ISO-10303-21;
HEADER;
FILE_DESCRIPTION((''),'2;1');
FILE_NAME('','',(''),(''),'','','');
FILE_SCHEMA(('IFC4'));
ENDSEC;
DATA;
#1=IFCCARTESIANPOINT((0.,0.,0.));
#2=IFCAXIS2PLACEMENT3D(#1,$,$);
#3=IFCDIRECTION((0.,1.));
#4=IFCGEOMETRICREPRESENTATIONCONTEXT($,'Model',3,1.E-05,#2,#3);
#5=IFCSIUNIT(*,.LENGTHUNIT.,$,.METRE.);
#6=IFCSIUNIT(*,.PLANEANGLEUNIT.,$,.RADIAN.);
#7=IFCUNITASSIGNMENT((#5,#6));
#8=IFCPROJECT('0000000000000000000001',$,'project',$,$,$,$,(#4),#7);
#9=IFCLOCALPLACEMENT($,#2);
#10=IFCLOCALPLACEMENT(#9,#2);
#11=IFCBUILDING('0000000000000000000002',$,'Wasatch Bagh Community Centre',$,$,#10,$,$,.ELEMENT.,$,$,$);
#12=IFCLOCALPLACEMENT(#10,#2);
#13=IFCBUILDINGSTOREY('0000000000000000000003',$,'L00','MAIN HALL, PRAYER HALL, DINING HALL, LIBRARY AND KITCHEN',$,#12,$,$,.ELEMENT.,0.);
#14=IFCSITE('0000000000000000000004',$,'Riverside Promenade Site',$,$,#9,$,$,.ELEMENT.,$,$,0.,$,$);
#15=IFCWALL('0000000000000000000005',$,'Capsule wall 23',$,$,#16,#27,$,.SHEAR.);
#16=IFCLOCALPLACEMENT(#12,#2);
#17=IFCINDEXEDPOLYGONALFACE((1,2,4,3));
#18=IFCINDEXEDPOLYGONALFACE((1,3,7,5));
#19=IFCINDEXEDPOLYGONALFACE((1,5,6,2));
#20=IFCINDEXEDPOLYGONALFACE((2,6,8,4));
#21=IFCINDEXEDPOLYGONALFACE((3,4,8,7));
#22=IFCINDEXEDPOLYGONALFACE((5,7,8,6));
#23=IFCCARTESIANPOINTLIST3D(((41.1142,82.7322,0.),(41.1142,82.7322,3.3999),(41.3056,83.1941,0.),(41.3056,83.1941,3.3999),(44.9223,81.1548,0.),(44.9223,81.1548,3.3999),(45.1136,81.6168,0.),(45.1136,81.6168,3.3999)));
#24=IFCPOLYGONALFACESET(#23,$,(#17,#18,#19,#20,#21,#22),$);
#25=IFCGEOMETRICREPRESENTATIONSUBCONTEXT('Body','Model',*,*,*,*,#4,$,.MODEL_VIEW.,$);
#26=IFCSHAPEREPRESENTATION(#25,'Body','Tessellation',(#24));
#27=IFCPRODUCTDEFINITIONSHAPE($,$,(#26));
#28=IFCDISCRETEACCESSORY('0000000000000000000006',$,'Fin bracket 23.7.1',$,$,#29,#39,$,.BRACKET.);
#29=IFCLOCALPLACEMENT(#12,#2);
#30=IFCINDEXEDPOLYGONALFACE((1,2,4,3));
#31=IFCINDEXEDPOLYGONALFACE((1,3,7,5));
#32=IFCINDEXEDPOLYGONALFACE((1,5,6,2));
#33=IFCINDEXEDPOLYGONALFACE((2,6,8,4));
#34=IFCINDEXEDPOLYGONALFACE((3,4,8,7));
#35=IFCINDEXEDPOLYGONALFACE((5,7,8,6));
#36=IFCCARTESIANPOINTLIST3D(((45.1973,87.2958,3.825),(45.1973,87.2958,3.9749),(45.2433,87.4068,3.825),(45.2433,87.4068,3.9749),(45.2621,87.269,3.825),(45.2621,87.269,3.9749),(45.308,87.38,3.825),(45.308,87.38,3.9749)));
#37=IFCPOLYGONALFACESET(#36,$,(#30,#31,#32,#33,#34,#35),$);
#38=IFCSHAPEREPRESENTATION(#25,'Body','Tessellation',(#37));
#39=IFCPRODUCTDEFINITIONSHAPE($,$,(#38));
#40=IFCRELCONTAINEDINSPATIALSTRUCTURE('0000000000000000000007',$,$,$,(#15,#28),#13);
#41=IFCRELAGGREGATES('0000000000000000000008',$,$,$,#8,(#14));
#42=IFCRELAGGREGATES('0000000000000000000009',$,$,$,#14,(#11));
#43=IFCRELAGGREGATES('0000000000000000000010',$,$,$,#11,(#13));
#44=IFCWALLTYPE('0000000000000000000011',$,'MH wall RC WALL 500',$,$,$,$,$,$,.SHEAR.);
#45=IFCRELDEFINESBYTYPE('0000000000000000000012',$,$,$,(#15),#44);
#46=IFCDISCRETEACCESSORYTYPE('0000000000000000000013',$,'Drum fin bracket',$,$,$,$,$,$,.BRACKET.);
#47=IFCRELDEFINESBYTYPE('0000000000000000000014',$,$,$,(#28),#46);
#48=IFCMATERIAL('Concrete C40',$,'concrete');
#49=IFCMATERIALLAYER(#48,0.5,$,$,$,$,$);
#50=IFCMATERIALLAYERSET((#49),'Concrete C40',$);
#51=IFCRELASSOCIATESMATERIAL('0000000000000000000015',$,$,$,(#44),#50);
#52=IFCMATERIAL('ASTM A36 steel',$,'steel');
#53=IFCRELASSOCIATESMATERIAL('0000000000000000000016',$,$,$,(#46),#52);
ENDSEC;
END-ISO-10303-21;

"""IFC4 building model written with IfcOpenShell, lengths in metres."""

from ifc_helpers import new_model, si_unit, direction, frame, frame_2d, origin, origin_2d, place, context, subcontext, project, spatial, rectangle, extrude, material, layer, layer_set, type_object, element, save


model = new_model("IFC4")

# Units and contexts
model_context = context("Model", 3, precision=1e-05, world=origin(), true_north=direction((0.0, 1.0)))
body_context = subcontext(model_context, "Body", "Model", "MODEL_VIEW")
ifc_project = project(units=[si_unit("LENGTHUNIT", "METRE"), si_unit("PLANEANGLEUNIT", "RADIAN")], contexts=[model_context])

# Site, building, storey
site_placement = place(None, origin())
site = spatial("IfcSite", under=ifc_project, at=site_placement, Name="Riverside Promenade Site", CompositionType="ELEMENT", RefElevation=0.0)
building_placement = place(site_placement, origin())
building = spatial("IfcBuilding", under=site, at=building_placement, Name="Wasatch Bagh Community Centre", CompositionType="ELEMENT")
storey_placement = place(building_placement, origin())
storey = spatial("IfcBuildingStorey", under=building, at=storey_placement, Name="L00", Description="MAIN HALL, PRAYER HALL, DINING HALL, LIBRARY AND KITCHEN", CompositionType="ELEMENT", Elevation=0.0)

# Shared definitions
ifc_material_1 = material(Name="Concrete C40", Category="concrete")

# Wall
ifc_layer_1 = layer(ifc_material_1, 0.5)
ifc_layer_set_1 = layer_set([ifc_layer_1], Name="Concrete C40")
wall_type_1 = type_object("IfcWallType", Name="MH wall RC WALL 500", PredefinedType="SHEAR", material=ifc_layer_set_1)
wall_1_placement = place(storey_placement, frame((45.0181, 81.3857, 0.0), z_axis=(0.0, 0.0, 1.0), x_axis=(-0.923878, 0.382688, 0.0)))
element("IfcWall", 1, at=wall_1_placement, inside=storey, type_object=wall_type_1, Name="Capsule wall 23", PredefinedType="SHEAR", context=body_context, shape_type="SweptSolid", body=[
    extrude(rectangle(XDim=4.1218, YDim=0.5, at=frame_2d((2.061, 0.0))), origin(), (0.0, 0.0, 1.0), 3.3999),
])

# Discrete accessory
ifc_material_2 = material(Name="ASTM A36 steel", Category="steel")
discrete_accessory_type = type_object("IfcDiscreteAccessoryType", Name="Drum fin bracket", PredefinedType="BRACKET", material=ifc_material_2)
discrete_accessory_placement = place(storey_placement, frame((45.2527, 87.3379, 3.825), z_axis=(0.0, 0.0, 1.0), x_axis=(-0.92388, 0.382683, 0.0)))
element("IfcDiscreteAccessory", 2, at=discrete_accessory_placement, inside=storey, type_object=discrete_accessory_type, Name="Fin bracket 23.7.1", PredefinedType="BRACKET", context=body_context, shape_type="SweptSolid", body=[
    extrude(rectangle(XDim=0.0701, YDim=0.1201, at=origin_2d()), origin(), (0.0, 0.0, 1.0), 0.1499),
])

save(model, "model.ifc")
